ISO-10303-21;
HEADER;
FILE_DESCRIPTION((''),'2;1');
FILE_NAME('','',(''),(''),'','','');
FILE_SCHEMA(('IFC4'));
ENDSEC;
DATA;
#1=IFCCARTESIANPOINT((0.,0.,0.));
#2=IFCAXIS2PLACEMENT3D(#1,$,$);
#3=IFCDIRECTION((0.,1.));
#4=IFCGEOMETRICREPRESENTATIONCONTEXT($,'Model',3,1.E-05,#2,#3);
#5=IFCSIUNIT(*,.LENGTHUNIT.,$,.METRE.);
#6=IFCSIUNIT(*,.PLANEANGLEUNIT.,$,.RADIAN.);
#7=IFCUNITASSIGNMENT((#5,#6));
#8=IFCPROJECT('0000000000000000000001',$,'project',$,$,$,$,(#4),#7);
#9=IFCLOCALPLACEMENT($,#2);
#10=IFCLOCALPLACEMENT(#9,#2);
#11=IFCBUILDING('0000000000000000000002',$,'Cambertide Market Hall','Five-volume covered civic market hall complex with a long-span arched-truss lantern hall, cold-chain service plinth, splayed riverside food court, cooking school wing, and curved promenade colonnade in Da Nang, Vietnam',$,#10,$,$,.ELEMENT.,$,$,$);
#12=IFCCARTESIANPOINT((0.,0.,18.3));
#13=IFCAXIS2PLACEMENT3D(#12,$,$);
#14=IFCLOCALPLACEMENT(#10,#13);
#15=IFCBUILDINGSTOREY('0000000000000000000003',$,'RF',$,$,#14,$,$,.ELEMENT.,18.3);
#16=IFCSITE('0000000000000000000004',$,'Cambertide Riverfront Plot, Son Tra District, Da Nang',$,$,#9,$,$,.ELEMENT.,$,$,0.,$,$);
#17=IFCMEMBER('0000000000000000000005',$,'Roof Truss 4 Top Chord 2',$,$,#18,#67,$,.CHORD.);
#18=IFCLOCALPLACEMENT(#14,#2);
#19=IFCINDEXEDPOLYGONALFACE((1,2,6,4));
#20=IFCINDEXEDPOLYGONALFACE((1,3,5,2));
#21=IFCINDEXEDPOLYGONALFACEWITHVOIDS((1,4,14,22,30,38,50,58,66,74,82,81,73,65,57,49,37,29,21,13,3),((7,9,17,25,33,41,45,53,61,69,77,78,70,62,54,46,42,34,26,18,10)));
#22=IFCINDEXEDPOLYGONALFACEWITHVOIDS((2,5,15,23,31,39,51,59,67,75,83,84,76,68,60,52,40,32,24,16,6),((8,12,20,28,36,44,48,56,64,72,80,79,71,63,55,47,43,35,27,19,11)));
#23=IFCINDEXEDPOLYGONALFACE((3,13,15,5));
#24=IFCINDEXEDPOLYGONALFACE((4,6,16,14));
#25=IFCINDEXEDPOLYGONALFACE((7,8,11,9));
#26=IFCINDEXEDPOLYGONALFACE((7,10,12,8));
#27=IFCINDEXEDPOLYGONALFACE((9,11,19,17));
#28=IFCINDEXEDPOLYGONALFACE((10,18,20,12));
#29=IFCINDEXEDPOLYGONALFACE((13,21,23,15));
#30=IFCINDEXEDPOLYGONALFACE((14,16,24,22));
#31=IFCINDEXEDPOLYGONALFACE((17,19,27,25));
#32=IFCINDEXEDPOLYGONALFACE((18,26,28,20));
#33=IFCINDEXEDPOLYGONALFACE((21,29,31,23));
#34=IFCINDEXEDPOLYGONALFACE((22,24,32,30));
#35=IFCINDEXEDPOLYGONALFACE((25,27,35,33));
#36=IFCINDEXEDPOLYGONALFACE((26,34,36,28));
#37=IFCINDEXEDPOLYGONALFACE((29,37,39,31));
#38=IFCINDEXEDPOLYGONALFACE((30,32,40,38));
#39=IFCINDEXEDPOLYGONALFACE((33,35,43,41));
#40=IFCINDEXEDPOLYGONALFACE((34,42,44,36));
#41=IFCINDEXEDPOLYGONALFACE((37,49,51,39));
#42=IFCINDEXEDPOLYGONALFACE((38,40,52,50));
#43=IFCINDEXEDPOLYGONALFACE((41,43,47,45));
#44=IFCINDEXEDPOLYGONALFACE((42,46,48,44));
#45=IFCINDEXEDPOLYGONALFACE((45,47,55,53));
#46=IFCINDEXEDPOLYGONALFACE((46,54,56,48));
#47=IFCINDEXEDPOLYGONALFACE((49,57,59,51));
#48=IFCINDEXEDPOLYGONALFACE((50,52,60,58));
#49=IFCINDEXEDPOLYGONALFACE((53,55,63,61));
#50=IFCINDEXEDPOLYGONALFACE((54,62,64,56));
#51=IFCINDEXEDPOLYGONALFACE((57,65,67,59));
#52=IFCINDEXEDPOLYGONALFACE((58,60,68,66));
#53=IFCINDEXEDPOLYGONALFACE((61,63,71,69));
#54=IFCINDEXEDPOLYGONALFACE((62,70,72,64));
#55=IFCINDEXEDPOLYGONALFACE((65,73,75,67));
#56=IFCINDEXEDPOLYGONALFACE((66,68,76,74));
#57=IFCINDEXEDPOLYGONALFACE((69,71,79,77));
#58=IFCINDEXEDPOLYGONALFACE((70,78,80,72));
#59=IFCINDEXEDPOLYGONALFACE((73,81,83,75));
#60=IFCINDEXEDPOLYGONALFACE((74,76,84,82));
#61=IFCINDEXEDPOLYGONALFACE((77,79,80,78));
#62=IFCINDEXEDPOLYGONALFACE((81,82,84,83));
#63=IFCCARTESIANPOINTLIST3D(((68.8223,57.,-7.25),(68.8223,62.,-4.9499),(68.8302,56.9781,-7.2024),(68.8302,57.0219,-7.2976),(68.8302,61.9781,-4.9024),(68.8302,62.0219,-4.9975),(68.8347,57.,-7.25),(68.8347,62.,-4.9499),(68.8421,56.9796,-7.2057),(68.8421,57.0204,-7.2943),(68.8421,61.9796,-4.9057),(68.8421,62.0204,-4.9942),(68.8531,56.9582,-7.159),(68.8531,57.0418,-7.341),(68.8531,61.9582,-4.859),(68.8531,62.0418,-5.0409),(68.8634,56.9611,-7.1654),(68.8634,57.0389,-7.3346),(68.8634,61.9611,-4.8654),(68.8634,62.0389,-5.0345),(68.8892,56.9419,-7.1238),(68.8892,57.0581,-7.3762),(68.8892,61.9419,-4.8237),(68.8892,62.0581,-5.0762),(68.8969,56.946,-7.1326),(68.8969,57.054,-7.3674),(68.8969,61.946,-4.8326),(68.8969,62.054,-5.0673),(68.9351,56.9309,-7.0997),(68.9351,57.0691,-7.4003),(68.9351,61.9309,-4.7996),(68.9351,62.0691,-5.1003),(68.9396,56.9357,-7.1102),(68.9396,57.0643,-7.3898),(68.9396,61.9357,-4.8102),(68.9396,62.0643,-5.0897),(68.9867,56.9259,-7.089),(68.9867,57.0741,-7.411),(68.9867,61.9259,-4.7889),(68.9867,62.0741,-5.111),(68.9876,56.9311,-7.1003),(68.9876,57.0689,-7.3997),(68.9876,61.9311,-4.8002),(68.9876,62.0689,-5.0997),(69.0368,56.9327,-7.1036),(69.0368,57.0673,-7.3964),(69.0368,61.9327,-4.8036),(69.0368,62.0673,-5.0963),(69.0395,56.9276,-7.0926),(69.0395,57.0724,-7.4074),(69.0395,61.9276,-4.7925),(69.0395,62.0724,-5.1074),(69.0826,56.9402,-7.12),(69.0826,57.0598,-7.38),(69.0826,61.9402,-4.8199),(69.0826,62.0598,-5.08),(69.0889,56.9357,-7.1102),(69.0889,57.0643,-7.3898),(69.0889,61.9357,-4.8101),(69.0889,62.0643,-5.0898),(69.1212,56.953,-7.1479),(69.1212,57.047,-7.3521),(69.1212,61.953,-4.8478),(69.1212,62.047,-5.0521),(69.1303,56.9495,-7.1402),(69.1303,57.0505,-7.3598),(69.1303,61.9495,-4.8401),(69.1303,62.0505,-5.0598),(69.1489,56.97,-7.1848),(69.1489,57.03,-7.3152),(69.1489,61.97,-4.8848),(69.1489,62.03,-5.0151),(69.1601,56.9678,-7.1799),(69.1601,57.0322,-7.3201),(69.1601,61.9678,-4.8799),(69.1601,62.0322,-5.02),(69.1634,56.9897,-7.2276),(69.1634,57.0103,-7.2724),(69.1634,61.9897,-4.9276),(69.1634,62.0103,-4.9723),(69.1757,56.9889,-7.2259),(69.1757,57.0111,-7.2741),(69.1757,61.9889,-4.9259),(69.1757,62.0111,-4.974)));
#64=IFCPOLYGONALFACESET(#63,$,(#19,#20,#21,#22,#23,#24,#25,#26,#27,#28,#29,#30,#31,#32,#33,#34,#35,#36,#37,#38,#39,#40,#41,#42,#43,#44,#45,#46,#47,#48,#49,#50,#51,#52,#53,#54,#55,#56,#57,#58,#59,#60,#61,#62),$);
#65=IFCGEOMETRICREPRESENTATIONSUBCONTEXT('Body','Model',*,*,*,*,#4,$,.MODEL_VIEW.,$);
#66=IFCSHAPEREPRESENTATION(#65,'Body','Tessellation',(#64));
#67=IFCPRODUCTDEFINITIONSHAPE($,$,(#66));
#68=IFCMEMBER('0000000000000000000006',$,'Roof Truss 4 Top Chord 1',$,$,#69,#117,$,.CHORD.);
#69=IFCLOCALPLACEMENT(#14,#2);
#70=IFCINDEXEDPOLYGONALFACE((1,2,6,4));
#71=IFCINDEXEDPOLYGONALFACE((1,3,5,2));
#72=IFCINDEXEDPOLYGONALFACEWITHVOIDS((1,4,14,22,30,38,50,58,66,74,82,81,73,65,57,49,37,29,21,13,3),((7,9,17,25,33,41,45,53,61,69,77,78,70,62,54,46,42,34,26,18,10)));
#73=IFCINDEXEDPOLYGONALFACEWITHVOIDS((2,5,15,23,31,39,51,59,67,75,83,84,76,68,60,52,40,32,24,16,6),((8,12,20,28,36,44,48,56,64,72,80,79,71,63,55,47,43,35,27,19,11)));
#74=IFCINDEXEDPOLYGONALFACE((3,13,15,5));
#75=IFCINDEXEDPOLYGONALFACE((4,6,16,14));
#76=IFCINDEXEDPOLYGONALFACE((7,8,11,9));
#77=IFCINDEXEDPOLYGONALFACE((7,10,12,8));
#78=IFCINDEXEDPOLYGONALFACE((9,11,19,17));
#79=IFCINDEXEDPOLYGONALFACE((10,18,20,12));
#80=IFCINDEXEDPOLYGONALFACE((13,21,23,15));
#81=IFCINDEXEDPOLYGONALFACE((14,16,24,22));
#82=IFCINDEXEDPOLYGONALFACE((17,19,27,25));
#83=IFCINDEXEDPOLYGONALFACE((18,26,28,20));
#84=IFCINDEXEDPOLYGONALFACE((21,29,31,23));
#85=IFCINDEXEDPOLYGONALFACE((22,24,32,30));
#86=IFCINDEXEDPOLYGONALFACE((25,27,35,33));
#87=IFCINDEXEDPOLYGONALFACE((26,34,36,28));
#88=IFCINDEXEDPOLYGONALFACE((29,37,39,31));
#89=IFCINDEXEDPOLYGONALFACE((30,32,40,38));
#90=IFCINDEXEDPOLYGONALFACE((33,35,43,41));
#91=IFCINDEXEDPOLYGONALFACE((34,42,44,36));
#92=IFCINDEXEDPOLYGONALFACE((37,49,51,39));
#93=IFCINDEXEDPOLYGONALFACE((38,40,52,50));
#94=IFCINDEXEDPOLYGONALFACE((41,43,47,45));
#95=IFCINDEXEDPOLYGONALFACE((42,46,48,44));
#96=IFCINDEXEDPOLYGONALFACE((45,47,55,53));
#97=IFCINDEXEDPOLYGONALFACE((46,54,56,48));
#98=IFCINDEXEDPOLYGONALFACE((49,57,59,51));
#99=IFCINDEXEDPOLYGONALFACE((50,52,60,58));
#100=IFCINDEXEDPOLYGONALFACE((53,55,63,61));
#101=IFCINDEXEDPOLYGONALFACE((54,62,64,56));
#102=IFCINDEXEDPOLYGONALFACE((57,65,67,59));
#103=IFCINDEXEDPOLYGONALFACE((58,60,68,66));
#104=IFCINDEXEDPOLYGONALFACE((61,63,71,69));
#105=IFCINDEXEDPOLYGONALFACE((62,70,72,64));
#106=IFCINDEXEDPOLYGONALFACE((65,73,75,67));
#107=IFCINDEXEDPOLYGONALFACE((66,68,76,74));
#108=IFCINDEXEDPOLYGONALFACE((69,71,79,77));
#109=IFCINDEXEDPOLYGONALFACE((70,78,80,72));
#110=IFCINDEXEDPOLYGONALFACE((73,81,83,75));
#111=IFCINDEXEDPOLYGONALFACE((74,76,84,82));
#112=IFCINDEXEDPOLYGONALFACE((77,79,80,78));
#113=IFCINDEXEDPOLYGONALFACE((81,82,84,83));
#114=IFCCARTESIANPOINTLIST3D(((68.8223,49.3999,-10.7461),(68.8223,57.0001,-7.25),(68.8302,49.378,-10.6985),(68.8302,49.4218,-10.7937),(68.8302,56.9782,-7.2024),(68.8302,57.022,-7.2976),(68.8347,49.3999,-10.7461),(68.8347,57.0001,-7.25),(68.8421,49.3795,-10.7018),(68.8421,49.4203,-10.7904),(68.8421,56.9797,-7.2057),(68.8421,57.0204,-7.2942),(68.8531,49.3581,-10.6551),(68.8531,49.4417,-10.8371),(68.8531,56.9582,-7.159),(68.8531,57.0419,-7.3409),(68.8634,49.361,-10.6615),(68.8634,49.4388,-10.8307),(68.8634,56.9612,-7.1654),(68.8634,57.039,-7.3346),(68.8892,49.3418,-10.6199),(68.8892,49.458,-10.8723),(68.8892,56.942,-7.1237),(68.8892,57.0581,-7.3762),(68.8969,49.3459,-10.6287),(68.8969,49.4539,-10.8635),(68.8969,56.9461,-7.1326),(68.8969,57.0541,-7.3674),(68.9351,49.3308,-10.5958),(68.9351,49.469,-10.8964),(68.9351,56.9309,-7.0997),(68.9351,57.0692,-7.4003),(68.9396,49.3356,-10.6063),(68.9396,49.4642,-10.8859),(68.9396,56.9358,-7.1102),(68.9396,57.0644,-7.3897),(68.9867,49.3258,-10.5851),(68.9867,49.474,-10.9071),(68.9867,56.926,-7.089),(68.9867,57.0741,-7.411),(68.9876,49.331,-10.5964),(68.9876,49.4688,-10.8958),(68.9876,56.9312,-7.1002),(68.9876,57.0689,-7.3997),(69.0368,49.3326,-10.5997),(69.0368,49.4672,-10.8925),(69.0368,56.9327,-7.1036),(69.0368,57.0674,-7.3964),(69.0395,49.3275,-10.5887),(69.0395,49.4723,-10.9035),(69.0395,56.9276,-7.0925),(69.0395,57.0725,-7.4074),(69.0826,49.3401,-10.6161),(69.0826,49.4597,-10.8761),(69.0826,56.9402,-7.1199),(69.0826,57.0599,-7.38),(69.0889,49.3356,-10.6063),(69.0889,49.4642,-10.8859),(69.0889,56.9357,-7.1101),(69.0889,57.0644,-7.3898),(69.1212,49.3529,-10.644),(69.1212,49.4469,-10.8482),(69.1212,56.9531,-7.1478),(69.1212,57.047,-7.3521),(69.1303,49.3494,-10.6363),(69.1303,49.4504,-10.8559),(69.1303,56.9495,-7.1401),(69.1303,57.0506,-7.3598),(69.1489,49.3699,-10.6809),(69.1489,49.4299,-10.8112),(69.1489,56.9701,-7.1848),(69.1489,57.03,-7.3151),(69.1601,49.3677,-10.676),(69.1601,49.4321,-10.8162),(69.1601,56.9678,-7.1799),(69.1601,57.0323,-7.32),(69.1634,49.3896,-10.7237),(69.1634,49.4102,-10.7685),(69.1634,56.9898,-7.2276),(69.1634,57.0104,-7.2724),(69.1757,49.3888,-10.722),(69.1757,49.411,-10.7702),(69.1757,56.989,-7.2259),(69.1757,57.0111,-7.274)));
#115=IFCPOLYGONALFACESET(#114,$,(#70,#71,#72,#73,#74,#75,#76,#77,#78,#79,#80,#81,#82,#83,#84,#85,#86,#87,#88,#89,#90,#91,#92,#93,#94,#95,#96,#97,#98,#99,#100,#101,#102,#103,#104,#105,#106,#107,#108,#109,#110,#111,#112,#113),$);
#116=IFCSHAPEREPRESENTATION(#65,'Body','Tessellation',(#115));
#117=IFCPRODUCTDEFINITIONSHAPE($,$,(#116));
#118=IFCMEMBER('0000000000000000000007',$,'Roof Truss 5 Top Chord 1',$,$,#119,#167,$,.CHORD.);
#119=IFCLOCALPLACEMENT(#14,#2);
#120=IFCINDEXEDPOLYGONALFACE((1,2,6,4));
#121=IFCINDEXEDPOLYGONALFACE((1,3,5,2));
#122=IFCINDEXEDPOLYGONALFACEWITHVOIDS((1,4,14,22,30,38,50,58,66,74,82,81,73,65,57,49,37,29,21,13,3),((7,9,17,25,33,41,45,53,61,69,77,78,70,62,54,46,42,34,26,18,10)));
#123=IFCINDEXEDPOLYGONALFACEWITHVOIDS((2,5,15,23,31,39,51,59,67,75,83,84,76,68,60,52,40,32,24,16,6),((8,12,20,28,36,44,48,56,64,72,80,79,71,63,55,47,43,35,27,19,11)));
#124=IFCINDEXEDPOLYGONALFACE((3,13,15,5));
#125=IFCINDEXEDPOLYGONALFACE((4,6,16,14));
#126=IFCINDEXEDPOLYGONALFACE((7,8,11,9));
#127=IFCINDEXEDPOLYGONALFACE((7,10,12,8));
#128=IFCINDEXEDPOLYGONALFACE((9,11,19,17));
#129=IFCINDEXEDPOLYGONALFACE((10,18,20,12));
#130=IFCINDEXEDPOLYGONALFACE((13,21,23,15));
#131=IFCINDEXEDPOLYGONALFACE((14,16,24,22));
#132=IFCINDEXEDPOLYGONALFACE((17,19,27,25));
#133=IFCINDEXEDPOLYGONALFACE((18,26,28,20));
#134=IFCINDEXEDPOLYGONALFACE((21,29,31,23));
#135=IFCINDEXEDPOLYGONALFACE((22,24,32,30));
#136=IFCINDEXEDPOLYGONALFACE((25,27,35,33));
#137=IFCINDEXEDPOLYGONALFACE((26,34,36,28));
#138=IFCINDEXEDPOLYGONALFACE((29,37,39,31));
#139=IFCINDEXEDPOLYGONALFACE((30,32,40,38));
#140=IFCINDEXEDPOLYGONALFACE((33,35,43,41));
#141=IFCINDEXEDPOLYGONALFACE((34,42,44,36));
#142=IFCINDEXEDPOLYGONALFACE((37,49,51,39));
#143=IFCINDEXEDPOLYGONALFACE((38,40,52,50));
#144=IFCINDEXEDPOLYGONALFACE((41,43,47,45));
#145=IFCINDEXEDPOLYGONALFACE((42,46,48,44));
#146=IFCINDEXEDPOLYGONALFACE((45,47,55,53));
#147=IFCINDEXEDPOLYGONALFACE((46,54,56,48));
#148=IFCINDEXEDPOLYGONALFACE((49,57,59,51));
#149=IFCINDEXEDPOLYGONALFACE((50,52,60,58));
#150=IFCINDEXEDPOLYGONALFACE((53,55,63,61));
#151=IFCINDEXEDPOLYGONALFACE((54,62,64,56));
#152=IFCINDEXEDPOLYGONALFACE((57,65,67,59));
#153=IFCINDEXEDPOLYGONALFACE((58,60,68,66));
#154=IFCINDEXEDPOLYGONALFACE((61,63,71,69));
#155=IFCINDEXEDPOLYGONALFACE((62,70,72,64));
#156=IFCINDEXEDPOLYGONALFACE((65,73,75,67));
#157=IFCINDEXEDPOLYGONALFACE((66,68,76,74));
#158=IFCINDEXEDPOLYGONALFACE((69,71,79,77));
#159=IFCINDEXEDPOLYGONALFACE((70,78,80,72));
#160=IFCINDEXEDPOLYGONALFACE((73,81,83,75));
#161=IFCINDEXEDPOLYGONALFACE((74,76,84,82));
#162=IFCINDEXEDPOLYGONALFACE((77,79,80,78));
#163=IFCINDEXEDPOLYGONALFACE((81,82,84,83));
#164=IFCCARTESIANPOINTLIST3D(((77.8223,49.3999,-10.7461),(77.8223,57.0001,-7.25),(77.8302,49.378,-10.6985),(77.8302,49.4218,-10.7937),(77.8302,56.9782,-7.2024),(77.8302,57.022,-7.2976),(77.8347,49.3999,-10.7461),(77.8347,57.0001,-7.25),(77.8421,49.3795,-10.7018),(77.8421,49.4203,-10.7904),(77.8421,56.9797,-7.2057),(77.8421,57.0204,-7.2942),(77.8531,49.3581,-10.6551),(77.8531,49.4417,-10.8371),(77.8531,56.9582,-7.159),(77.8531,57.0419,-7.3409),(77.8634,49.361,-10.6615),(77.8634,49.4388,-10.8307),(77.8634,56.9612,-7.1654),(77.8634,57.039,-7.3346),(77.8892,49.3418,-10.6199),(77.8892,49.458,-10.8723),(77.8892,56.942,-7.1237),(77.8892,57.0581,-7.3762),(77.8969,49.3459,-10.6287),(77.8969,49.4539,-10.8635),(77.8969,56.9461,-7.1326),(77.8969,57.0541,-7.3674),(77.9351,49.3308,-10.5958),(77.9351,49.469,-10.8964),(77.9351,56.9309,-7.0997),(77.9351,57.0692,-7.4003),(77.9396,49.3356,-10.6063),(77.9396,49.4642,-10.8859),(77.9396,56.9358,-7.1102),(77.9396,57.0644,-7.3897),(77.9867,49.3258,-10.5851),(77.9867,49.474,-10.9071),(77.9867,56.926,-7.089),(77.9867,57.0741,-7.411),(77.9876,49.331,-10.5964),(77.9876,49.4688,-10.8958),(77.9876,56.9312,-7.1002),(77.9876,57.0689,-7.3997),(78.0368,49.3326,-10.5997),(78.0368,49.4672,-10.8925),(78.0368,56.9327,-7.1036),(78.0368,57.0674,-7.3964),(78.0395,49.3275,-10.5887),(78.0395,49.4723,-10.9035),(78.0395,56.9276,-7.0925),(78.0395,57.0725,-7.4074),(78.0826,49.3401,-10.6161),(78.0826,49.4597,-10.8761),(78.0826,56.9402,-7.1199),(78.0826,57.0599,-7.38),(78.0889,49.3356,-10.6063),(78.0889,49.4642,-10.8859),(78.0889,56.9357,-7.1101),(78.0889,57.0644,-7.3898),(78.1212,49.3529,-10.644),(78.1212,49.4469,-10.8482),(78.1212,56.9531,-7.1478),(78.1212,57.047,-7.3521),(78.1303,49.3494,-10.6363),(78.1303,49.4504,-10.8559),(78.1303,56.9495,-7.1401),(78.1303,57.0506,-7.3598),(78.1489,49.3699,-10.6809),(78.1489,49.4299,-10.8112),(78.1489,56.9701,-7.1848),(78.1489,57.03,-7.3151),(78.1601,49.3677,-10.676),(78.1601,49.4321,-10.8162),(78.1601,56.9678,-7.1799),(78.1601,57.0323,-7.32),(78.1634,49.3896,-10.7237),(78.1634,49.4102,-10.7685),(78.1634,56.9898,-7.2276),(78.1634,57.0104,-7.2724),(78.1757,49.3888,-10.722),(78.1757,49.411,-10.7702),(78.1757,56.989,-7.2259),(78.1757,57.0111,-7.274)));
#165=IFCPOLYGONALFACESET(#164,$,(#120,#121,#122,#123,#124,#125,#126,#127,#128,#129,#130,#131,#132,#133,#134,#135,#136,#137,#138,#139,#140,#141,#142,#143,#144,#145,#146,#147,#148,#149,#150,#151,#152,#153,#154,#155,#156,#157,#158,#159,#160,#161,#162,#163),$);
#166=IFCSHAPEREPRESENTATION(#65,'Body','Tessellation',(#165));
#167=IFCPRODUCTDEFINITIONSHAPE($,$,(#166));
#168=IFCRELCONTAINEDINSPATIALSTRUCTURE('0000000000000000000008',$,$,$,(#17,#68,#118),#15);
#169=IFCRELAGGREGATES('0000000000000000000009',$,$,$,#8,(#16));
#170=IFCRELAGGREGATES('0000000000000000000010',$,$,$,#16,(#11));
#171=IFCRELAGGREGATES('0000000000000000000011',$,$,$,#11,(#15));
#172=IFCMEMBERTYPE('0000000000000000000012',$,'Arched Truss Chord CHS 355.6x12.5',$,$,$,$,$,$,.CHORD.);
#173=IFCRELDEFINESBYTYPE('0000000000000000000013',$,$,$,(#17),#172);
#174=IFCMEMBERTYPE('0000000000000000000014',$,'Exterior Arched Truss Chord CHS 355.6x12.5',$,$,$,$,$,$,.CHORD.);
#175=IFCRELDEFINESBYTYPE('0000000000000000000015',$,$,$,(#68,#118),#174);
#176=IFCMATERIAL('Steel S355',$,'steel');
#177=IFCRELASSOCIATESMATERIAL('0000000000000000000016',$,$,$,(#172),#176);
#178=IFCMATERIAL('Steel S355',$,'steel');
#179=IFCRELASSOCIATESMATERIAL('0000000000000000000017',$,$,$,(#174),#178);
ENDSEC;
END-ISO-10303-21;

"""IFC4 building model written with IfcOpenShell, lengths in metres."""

from ifc_helpers import new_model, si_unit, direction, frame, origin, origin_2d, place, context, subcontext, project, spatial, hollow_circle, extrude, material, material_profile, profile_set, type_object, element, save


model = new_model("IFC4")

# Units and contexts
model_context = context("Model", 3, precision=1e-05, world=origin(), true_north=direction((0.0, 1.0)))
body_context = subcontext(model_context, "Body", "Model", "MODEL_VIEW")
ifc_project = project(units=[si_unit("LENGTHUNIT", "METRE"), si_unit("PLANEANGLEUNIT", "RADIAN")], contexts=[model_context])

# Site, building, storey
site_placement = place(None, origin())
site = spatial("IfcSite", under=ifc_project, at=site_placement, Name="Cambertide Riverfront Plot, Son Tra District, Da Nang", CompositionType="ELEMENT", RefElevation=0.0)
building_placement = place(site_placement, origin())
building = spatial("IfcBuilding", under=site, at=building_placement, Name="Cambertide Market Hall", Description="Five-volume covered civic market hall complex with a long-span arched-truss lantern hall, cold-chain service plinth, splayed riverside food court, cooking school wing, and curved promenade colonnade in Da Nang, Vietnam", CompositionType="ELEMENT")
storey_placement = place(building_placement, frame((0.0, 0.0, 18.3)))
storey = spatial("IfcBuildingStorey", under=building, at=storey_placement, Name="RF", CompositionType="ELEMENT", Elevation=18.3)

# Members
ifc_material_1 = material(Name="Steel S355", Category="steel")
ifc_material_profile_1 = material_profile(ifc_material_1, hollow_circle(Radius=0.1777, WallThickness=0.0125, at=origin_2d()), Name="CHS 355.6x12.5")
ifc_profile_set_1 = profile_set([ifc_material_profile_1], Name="Steel S355")
member_type_1 = type_object("IfcMemberType", Name="Arched Truss Chord CHS 355.6x12.5", PredefinedType="CHORD", material=ifc_profile_set_1)
member_1_placement = place(storey_placement, frame((69.0, 57.0, -7.25), z_axis=(0.0, 0.908487, 0.417913), x_axis=(-1.0, 0.0, 0.0)))
element("IfcMember", 1, at=member_1_placement, inside=storey, type_object=member_type_1, Name="Roof Truss 4 Top Chord 2", PredefinedType="CHORD", context=body_context, shape_type="SweptSolid", body=[
    extrude(hollow_circle(Radius=0.1777, WallThickness=0.0125, at=origin_2d()), origin(), (0.0, 0.0, 1.0), 5.5037),
])
ifc_material_2 = material(Name="Steel S355", Category="steel")
ifc_material_profile_2 = material_profile(ifc_material_2, hollow_circle(Radius=0.1777, WallThickness=0.0125, at=origin_2d()), Name="CHS 355.6x12.5")
ifc_profile_set_2 = profile_set([ifc_material_profile_2], Name="Steel S355")
member_type_2 = type_object("IfcMemberType", Name="Exterior Arched Truss Chord CHS 355.6x12.5", PredefinedType="CHORD", material=ifc_profile_set_2)
for number, where, z_axis, x_axis, name in (
    (2, (69.0, 49.3999, -10.7461), (0.0, 0.908488, 0.41791), (-1.0, 0.0, 0.0), "Roof Truss 4 Top Chord 1"),
    (3, (78.0, 49.3999, -10.7461), (0.0, 0.908488, 0.41791), (-1.0, 0.0, 0.0), "Roof Truss 5 Top Chord 1"),
):
    element("IfcMember", number, at=place(storey_placement, frame(where, z_axis=z_axis, x_axis=x_axis)), inside=storey, type_object=member_type_2, Name=name, PredefinedType="CHORD", context=body_context, shape_type="SweptSolid", body=[
        extrude(hollow_circle(Radius=0.1777, WallThickness=0.0125, at=origin_2d()), origin(), (0.0, 0.0, 1.0), 8.3657),
    ])

save(model, "model.ifc")
